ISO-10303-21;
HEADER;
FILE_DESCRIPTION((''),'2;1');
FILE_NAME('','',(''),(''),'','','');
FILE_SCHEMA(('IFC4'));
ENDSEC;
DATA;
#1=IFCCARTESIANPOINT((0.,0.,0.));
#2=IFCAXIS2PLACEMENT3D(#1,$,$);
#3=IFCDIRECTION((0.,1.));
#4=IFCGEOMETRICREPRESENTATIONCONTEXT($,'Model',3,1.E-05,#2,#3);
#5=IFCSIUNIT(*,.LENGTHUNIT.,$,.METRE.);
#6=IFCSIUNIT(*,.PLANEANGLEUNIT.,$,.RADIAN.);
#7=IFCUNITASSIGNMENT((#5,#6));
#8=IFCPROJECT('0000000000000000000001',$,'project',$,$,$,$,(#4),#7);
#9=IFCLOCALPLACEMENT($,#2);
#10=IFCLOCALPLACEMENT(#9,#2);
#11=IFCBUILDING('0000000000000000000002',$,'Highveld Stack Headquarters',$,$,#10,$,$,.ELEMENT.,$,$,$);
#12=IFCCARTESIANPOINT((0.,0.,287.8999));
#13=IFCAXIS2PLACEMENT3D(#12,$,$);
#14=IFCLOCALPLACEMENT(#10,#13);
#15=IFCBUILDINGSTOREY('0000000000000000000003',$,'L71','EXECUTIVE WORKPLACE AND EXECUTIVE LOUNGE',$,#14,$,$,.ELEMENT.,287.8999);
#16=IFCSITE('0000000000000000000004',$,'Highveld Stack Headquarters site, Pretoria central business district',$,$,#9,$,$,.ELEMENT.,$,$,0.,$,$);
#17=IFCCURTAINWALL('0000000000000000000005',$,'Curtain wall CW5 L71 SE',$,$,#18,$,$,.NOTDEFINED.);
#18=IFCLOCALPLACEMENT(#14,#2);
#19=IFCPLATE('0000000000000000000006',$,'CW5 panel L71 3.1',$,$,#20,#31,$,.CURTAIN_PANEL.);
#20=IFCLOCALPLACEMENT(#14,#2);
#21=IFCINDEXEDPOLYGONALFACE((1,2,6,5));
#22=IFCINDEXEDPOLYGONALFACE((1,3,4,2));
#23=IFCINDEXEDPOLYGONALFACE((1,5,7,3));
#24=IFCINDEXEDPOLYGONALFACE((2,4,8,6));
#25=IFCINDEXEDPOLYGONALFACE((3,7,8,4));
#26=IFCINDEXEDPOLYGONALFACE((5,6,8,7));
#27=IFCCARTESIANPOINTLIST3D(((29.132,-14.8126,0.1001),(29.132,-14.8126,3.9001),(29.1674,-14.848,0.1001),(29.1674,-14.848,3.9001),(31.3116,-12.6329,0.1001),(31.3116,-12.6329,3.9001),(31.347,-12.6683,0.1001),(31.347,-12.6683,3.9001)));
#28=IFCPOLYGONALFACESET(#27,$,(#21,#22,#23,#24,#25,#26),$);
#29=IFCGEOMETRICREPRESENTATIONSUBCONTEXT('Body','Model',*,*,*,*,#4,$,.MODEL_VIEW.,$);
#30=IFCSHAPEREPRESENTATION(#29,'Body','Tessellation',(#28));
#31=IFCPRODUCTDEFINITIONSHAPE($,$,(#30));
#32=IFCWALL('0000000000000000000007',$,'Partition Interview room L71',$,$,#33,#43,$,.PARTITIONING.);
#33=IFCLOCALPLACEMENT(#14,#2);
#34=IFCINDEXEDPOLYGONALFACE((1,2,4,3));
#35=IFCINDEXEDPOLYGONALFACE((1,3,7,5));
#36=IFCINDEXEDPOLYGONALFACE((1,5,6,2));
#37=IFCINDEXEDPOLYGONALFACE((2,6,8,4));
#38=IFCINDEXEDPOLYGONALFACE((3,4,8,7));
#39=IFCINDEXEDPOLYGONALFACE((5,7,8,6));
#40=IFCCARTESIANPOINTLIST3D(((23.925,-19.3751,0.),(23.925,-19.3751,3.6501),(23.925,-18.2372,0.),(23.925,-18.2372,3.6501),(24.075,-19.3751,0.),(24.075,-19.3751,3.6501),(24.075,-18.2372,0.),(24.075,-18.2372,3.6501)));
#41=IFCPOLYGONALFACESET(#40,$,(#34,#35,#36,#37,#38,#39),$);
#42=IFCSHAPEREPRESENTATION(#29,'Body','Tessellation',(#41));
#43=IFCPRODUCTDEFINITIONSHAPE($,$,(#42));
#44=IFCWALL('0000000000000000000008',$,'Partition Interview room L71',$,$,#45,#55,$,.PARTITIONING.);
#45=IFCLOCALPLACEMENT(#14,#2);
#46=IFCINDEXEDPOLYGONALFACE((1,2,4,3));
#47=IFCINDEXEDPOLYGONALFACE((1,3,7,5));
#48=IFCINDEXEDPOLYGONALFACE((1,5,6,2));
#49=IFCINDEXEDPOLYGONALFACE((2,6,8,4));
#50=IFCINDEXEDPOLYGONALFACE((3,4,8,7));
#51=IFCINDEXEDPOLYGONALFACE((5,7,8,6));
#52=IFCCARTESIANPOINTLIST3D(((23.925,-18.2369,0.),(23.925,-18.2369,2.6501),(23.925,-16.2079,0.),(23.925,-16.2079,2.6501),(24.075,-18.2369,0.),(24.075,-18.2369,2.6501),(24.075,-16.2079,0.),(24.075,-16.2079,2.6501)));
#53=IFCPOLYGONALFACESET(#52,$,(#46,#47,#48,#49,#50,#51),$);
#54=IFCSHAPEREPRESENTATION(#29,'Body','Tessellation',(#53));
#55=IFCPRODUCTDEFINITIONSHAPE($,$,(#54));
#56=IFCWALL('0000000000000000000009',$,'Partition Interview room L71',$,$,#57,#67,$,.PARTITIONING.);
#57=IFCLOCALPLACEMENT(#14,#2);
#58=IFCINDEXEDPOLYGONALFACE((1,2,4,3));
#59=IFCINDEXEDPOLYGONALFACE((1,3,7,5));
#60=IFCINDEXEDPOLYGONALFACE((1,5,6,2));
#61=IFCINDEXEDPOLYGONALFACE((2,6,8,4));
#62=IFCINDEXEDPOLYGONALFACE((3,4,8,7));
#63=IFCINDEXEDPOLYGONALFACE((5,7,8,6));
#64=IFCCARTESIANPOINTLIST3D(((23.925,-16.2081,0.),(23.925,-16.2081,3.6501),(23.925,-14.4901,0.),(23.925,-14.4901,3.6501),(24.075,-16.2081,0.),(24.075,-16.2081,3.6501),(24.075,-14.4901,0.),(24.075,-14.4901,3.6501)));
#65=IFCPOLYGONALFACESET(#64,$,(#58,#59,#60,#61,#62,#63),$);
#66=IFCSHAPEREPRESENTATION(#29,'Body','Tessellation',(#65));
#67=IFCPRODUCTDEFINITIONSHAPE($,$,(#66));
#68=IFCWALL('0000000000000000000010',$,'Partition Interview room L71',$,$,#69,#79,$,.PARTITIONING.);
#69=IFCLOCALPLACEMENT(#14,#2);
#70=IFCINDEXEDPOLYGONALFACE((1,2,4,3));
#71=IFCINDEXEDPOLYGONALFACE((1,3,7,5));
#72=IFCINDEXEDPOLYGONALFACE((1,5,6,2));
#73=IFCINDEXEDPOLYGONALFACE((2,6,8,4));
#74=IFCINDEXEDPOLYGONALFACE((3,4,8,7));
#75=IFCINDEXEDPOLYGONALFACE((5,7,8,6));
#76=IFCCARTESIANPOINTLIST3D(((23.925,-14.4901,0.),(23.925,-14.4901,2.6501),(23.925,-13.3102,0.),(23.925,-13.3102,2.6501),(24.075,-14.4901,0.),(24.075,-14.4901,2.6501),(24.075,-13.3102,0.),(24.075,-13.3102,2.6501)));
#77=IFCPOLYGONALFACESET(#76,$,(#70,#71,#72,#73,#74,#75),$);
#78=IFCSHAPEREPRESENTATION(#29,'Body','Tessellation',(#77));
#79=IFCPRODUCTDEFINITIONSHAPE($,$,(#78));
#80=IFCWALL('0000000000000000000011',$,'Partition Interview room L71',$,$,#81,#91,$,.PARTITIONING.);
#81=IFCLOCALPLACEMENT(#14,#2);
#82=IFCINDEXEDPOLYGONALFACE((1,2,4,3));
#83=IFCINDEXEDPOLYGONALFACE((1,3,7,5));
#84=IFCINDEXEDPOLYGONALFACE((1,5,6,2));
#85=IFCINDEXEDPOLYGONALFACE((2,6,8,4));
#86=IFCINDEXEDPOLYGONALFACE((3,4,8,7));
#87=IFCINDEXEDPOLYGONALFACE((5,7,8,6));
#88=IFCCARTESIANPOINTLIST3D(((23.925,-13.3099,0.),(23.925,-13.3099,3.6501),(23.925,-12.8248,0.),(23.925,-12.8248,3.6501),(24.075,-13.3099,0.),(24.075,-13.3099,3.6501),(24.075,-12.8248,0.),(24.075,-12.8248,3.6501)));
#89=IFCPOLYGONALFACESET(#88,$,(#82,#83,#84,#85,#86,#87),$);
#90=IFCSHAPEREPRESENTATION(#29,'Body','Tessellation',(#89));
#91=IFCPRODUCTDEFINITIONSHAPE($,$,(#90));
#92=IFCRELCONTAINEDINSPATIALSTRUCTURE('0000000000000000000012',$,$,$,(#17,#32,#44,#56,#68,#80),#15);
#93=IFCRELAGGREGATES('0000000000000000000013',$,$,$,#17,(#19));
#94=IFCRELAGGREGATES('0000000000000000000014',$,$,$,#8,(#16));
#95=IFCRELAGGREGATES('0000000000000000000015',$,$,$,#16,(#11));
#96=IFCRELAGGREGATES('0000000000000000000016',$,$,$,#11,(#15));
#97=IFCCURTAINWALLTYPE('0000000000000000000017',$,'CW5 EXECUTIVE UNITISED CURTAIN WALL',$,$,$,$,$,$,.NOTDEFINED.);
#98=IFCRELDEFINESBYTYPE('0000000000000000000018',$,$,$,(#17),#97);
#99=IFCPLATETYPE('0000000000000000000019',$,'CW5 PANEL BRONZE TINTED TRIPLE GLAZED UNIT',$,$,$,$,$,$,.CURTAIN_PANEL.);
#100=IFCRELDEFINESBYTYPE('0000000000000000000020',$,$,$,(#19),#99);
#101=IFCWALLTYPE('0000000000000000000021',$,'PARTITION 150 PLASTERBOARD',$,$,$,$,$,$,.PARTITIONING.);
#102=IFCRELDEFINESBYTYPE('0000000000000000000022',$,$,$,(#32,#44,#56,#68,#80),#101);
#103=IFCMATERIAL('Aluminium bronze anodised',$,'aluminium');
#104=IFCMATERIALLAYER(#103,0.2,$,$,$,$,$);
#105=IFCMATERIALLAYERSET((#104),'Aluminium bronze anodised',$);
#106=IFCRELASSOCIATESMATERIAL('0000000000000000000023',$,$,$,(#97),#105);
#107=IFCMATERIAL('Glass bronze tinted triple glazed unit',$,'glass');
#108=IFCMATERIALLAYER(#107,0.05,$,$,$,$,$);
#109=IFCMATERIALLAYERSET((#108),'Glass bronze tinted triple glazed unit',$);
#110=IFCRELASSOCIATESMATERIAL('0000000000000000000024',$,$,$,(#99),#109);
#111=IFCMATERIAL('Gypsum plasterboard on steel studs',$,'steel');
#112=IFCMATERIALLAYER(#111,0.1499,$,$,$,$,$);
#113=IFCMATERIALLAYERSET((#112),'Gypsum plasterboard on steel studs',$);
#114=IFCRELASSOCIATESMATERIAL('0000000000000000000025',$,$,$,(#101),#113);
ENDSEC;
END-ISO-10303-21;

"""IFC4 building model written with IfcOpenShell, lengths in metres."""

from ifc_helpers import new_model, si_unit, direction, frame, frame_2d, origin, origin_2d, place, context, subcontext, project, spatial, rectangle, extrude, material, layer, layer_set, type_object, element, aggregate, save


model = new_model("IFC4")

# Units and contexts
model_context = context("Model", 3, precision=1e-05, world=origin(), true_north=direction((0.0, 1.0)))
body_context = subcontext(model_context, "Body", "Model", "MODEL_VIEW")
ifc_project = project(units=[si_unit("LENGTHUNIT", "METRE"), si_unit("PLANEANGLEUNIT", "RADIAN")], contexts=[model_context])

# Site, building, storey
site_placement = place(None, origin())
site = spatial("IfcSite", under=ifc_project, at=site_placement, Name="Highveld Stack Headquarters site, Pretoria central business district", CompositionType="ELEMENT", RefElevation=0.0)
building_placement = place(site_placement, origin())
building = spatial("IfcBuilding", under=site, at=building_placement, Name="Highveld Stack Headquarters", CompositionType="ELEMENT")
storey_placement = place(building_placement, frame((0.0, 0.0, 287.8999)))
storey = spatial("IfcBuildingStorey", under=building, at=storey_placement, Name="L71", Description="EXECUTIVE WORKPLACE AND EXECUTIVE LOUNGE", CompositionType="ELEMENT", Elevation=287.8999)

# Shared definitions
ifc_material_1 = material(Name="Aluminium bronze anodised", Category="aluminium")
ifc_layer_1 = layer(ifc_material_1, 0.2)
ifc_layer_set_1 = layer_set([ifc_layer_1], Name="Aluminium bronze anodised")
curtain_wall_type = type_object("IfcCurtainWallType", Name="CW5 EXECUTIVE UNITISED CURTAIN WALL", PredefinedType="NOTDEFINED", material=ifc_layer_set_1)

# Curtain wall
curtain_wall_1_placement = place(storey_placement, origin())
curtain_wall_1 = element("IfcCurtainWall", 1, at=curtain_wall_1_placement, inside=storey, type_object=curtain_wall_type, Name="Curtain wall CW5 L71 SE", PredefinedType="NOTDEFINED")

# Plate
ifc_material_2 = material(Name="Glass bronze tinted triple glazed unit", Category="glass")
ifc_layer_2 = layer(ifc_material_2, 0.05)
ifc_layer_set_2 = layer_set([ifc_layer_2], Name="Glass bronze tinted triple glazed unit")
plate_type = type_object("IfcPlateType", Name="CW5 PANEL BRONZE TINTED TRIPLE GLAZED UNIT", PredefinedType="CURTAIN_PANEL", material=ifc_layer_set_2)
plate_1_placement = place(storey_placement, frame((30.2395, -13.7405, 0.1001), z_axis=(0.0, 0.0, 1.0), x_axis=(0.707107, 0.707107, 0.0)))
plate_1 = element("IfcPlate", 2, at=plate_1_placement, type_object=plate_type, Name="CW5 panel L71 3.1", PredefinedType="CURTAIN_PANEL", context=body_context, shape_type="SweptSolid", body=[
    extrude(rectangle(XDim=3.0825, YDim=0.05, at=origin_2d()), origin(), (0.0, 0.0, 1.0), 3.8),
])
aggregate(curtain_wall_1, [plate_1])

# Walls
ifc_material_3 = material(Name="Gypsum plasterboard on steel studs", Category="steel")
ifc_layer_3 = layer(ifc_material_3, 0.1499)
ifc_layer_set_3 = layer_set([ifc_layer_3], Name="Gypsum plasterboard on steel studs")
wall_type = type_object("IfcWallType", Name="PARTITION 150 PLASTERBOARD", PredefinedType="PARTITIONING", material=ifc_layer_set_3)
wall_1_placement = place(storey_placement, frame((24.0, -19.375, 0.0), z_axis=(0.0, 0.0, 1.0), x_axis=(0.0, 1.0, 0.0)))
element("IfcWall", 3, at=wall_1_placement, inside=storey, type_object=wall_type, Name="Partition Interview room L71", PredefinedType="PARTITIONING", context=body_context, shape_type="SweptSolid", body=[
    extrude(rectangle(XDim=1.1379, YDim=0.1499, at=frame_2d((0.5688, 0.0))), origin(), (0.0, 0.0, 1.0), 3.6501),
])
wall_2_placement = place(storey_placement, frame((24.0, -18.2371, 0.0), z_axis=(0.0, 0.0, 1.0), x_axis=(0.0, 1.0, 0.0)))
element("IfcWall", 4, at=wall_2_placement, inside=storey, type_object=wall_type, Name="Partition Interview room L71", PredefinedType="PARTITIONING", context=body_context, shape_type="SweptSolid", body=[
    extrude(rectangle(XDim=2.0291, YDim=0.1499, at=frame_2d((1.0146, 0.0))), origin(), (0.0, 0.0, 1.0), 2.6501),
])
wall_3_placement = place(storey_placement, frame((24.0, -16.208, 0.0), z_axis=(0.0, 0.0, 1.0), x_axis=(0.0, 1.0, 0.0)))
element("IfcWall", 5, at=wall_3_placement, inside=storey, type_object=wall_type, Name="Partition Interview room L71", PredefinedType="PARTITIONING", context=body_context, shape_type="SweptSolid", body=[
    extrude(rectangle(XDim=1.718, YDim=0.1499, at=frame_2d((0.8589, 0.0))), origin(), (0.0, 0.0, 1.0), 3.6501),
])
wall_4_placement = place(storey_placement, frame((24.0, -14.49, 0.0), z_axis=(0.0, 0.0, 1.0), x_axis=(0.0, 1.0, 0.0)))
element("IfcWall", 6, at=wall_4_placement, inside=storey, type_object=wall_type, Name="Partition Interview room L71", PredefinedType="PARTITIONING", context=body_context, shape_type="SweptSolid", body=[
    extrude(rectangle(XDim=1.1799, YDim=0.1499, at=frame_2d((0.5898, 0.0))), origin(), (0.0, 0.0, 1.0), 2.6501),
])
wall_5_placement = place(storey_placement, frame((24.0, -13.3101, 0.0), z_axis=(0.0, 0.0, 1.0), x_axis=(0.0, 1.0, 0.0)))
element("IfcWall", 7, at=wall_5_placement, inside=storey, type_object=wall_type, Name="Partition Interview room L71", PredefinedType="PARTITIONING", context=body_context, shape_type="SweptSolid", body=[
    extrude(rectangle(XDim=0.4851, YDim=0.1499, at=frame_2d((0.2427, 0.0))), origin(), (0.0, 0.0, 1.0), 3.6501),
])

save(model, "model.ifc")
